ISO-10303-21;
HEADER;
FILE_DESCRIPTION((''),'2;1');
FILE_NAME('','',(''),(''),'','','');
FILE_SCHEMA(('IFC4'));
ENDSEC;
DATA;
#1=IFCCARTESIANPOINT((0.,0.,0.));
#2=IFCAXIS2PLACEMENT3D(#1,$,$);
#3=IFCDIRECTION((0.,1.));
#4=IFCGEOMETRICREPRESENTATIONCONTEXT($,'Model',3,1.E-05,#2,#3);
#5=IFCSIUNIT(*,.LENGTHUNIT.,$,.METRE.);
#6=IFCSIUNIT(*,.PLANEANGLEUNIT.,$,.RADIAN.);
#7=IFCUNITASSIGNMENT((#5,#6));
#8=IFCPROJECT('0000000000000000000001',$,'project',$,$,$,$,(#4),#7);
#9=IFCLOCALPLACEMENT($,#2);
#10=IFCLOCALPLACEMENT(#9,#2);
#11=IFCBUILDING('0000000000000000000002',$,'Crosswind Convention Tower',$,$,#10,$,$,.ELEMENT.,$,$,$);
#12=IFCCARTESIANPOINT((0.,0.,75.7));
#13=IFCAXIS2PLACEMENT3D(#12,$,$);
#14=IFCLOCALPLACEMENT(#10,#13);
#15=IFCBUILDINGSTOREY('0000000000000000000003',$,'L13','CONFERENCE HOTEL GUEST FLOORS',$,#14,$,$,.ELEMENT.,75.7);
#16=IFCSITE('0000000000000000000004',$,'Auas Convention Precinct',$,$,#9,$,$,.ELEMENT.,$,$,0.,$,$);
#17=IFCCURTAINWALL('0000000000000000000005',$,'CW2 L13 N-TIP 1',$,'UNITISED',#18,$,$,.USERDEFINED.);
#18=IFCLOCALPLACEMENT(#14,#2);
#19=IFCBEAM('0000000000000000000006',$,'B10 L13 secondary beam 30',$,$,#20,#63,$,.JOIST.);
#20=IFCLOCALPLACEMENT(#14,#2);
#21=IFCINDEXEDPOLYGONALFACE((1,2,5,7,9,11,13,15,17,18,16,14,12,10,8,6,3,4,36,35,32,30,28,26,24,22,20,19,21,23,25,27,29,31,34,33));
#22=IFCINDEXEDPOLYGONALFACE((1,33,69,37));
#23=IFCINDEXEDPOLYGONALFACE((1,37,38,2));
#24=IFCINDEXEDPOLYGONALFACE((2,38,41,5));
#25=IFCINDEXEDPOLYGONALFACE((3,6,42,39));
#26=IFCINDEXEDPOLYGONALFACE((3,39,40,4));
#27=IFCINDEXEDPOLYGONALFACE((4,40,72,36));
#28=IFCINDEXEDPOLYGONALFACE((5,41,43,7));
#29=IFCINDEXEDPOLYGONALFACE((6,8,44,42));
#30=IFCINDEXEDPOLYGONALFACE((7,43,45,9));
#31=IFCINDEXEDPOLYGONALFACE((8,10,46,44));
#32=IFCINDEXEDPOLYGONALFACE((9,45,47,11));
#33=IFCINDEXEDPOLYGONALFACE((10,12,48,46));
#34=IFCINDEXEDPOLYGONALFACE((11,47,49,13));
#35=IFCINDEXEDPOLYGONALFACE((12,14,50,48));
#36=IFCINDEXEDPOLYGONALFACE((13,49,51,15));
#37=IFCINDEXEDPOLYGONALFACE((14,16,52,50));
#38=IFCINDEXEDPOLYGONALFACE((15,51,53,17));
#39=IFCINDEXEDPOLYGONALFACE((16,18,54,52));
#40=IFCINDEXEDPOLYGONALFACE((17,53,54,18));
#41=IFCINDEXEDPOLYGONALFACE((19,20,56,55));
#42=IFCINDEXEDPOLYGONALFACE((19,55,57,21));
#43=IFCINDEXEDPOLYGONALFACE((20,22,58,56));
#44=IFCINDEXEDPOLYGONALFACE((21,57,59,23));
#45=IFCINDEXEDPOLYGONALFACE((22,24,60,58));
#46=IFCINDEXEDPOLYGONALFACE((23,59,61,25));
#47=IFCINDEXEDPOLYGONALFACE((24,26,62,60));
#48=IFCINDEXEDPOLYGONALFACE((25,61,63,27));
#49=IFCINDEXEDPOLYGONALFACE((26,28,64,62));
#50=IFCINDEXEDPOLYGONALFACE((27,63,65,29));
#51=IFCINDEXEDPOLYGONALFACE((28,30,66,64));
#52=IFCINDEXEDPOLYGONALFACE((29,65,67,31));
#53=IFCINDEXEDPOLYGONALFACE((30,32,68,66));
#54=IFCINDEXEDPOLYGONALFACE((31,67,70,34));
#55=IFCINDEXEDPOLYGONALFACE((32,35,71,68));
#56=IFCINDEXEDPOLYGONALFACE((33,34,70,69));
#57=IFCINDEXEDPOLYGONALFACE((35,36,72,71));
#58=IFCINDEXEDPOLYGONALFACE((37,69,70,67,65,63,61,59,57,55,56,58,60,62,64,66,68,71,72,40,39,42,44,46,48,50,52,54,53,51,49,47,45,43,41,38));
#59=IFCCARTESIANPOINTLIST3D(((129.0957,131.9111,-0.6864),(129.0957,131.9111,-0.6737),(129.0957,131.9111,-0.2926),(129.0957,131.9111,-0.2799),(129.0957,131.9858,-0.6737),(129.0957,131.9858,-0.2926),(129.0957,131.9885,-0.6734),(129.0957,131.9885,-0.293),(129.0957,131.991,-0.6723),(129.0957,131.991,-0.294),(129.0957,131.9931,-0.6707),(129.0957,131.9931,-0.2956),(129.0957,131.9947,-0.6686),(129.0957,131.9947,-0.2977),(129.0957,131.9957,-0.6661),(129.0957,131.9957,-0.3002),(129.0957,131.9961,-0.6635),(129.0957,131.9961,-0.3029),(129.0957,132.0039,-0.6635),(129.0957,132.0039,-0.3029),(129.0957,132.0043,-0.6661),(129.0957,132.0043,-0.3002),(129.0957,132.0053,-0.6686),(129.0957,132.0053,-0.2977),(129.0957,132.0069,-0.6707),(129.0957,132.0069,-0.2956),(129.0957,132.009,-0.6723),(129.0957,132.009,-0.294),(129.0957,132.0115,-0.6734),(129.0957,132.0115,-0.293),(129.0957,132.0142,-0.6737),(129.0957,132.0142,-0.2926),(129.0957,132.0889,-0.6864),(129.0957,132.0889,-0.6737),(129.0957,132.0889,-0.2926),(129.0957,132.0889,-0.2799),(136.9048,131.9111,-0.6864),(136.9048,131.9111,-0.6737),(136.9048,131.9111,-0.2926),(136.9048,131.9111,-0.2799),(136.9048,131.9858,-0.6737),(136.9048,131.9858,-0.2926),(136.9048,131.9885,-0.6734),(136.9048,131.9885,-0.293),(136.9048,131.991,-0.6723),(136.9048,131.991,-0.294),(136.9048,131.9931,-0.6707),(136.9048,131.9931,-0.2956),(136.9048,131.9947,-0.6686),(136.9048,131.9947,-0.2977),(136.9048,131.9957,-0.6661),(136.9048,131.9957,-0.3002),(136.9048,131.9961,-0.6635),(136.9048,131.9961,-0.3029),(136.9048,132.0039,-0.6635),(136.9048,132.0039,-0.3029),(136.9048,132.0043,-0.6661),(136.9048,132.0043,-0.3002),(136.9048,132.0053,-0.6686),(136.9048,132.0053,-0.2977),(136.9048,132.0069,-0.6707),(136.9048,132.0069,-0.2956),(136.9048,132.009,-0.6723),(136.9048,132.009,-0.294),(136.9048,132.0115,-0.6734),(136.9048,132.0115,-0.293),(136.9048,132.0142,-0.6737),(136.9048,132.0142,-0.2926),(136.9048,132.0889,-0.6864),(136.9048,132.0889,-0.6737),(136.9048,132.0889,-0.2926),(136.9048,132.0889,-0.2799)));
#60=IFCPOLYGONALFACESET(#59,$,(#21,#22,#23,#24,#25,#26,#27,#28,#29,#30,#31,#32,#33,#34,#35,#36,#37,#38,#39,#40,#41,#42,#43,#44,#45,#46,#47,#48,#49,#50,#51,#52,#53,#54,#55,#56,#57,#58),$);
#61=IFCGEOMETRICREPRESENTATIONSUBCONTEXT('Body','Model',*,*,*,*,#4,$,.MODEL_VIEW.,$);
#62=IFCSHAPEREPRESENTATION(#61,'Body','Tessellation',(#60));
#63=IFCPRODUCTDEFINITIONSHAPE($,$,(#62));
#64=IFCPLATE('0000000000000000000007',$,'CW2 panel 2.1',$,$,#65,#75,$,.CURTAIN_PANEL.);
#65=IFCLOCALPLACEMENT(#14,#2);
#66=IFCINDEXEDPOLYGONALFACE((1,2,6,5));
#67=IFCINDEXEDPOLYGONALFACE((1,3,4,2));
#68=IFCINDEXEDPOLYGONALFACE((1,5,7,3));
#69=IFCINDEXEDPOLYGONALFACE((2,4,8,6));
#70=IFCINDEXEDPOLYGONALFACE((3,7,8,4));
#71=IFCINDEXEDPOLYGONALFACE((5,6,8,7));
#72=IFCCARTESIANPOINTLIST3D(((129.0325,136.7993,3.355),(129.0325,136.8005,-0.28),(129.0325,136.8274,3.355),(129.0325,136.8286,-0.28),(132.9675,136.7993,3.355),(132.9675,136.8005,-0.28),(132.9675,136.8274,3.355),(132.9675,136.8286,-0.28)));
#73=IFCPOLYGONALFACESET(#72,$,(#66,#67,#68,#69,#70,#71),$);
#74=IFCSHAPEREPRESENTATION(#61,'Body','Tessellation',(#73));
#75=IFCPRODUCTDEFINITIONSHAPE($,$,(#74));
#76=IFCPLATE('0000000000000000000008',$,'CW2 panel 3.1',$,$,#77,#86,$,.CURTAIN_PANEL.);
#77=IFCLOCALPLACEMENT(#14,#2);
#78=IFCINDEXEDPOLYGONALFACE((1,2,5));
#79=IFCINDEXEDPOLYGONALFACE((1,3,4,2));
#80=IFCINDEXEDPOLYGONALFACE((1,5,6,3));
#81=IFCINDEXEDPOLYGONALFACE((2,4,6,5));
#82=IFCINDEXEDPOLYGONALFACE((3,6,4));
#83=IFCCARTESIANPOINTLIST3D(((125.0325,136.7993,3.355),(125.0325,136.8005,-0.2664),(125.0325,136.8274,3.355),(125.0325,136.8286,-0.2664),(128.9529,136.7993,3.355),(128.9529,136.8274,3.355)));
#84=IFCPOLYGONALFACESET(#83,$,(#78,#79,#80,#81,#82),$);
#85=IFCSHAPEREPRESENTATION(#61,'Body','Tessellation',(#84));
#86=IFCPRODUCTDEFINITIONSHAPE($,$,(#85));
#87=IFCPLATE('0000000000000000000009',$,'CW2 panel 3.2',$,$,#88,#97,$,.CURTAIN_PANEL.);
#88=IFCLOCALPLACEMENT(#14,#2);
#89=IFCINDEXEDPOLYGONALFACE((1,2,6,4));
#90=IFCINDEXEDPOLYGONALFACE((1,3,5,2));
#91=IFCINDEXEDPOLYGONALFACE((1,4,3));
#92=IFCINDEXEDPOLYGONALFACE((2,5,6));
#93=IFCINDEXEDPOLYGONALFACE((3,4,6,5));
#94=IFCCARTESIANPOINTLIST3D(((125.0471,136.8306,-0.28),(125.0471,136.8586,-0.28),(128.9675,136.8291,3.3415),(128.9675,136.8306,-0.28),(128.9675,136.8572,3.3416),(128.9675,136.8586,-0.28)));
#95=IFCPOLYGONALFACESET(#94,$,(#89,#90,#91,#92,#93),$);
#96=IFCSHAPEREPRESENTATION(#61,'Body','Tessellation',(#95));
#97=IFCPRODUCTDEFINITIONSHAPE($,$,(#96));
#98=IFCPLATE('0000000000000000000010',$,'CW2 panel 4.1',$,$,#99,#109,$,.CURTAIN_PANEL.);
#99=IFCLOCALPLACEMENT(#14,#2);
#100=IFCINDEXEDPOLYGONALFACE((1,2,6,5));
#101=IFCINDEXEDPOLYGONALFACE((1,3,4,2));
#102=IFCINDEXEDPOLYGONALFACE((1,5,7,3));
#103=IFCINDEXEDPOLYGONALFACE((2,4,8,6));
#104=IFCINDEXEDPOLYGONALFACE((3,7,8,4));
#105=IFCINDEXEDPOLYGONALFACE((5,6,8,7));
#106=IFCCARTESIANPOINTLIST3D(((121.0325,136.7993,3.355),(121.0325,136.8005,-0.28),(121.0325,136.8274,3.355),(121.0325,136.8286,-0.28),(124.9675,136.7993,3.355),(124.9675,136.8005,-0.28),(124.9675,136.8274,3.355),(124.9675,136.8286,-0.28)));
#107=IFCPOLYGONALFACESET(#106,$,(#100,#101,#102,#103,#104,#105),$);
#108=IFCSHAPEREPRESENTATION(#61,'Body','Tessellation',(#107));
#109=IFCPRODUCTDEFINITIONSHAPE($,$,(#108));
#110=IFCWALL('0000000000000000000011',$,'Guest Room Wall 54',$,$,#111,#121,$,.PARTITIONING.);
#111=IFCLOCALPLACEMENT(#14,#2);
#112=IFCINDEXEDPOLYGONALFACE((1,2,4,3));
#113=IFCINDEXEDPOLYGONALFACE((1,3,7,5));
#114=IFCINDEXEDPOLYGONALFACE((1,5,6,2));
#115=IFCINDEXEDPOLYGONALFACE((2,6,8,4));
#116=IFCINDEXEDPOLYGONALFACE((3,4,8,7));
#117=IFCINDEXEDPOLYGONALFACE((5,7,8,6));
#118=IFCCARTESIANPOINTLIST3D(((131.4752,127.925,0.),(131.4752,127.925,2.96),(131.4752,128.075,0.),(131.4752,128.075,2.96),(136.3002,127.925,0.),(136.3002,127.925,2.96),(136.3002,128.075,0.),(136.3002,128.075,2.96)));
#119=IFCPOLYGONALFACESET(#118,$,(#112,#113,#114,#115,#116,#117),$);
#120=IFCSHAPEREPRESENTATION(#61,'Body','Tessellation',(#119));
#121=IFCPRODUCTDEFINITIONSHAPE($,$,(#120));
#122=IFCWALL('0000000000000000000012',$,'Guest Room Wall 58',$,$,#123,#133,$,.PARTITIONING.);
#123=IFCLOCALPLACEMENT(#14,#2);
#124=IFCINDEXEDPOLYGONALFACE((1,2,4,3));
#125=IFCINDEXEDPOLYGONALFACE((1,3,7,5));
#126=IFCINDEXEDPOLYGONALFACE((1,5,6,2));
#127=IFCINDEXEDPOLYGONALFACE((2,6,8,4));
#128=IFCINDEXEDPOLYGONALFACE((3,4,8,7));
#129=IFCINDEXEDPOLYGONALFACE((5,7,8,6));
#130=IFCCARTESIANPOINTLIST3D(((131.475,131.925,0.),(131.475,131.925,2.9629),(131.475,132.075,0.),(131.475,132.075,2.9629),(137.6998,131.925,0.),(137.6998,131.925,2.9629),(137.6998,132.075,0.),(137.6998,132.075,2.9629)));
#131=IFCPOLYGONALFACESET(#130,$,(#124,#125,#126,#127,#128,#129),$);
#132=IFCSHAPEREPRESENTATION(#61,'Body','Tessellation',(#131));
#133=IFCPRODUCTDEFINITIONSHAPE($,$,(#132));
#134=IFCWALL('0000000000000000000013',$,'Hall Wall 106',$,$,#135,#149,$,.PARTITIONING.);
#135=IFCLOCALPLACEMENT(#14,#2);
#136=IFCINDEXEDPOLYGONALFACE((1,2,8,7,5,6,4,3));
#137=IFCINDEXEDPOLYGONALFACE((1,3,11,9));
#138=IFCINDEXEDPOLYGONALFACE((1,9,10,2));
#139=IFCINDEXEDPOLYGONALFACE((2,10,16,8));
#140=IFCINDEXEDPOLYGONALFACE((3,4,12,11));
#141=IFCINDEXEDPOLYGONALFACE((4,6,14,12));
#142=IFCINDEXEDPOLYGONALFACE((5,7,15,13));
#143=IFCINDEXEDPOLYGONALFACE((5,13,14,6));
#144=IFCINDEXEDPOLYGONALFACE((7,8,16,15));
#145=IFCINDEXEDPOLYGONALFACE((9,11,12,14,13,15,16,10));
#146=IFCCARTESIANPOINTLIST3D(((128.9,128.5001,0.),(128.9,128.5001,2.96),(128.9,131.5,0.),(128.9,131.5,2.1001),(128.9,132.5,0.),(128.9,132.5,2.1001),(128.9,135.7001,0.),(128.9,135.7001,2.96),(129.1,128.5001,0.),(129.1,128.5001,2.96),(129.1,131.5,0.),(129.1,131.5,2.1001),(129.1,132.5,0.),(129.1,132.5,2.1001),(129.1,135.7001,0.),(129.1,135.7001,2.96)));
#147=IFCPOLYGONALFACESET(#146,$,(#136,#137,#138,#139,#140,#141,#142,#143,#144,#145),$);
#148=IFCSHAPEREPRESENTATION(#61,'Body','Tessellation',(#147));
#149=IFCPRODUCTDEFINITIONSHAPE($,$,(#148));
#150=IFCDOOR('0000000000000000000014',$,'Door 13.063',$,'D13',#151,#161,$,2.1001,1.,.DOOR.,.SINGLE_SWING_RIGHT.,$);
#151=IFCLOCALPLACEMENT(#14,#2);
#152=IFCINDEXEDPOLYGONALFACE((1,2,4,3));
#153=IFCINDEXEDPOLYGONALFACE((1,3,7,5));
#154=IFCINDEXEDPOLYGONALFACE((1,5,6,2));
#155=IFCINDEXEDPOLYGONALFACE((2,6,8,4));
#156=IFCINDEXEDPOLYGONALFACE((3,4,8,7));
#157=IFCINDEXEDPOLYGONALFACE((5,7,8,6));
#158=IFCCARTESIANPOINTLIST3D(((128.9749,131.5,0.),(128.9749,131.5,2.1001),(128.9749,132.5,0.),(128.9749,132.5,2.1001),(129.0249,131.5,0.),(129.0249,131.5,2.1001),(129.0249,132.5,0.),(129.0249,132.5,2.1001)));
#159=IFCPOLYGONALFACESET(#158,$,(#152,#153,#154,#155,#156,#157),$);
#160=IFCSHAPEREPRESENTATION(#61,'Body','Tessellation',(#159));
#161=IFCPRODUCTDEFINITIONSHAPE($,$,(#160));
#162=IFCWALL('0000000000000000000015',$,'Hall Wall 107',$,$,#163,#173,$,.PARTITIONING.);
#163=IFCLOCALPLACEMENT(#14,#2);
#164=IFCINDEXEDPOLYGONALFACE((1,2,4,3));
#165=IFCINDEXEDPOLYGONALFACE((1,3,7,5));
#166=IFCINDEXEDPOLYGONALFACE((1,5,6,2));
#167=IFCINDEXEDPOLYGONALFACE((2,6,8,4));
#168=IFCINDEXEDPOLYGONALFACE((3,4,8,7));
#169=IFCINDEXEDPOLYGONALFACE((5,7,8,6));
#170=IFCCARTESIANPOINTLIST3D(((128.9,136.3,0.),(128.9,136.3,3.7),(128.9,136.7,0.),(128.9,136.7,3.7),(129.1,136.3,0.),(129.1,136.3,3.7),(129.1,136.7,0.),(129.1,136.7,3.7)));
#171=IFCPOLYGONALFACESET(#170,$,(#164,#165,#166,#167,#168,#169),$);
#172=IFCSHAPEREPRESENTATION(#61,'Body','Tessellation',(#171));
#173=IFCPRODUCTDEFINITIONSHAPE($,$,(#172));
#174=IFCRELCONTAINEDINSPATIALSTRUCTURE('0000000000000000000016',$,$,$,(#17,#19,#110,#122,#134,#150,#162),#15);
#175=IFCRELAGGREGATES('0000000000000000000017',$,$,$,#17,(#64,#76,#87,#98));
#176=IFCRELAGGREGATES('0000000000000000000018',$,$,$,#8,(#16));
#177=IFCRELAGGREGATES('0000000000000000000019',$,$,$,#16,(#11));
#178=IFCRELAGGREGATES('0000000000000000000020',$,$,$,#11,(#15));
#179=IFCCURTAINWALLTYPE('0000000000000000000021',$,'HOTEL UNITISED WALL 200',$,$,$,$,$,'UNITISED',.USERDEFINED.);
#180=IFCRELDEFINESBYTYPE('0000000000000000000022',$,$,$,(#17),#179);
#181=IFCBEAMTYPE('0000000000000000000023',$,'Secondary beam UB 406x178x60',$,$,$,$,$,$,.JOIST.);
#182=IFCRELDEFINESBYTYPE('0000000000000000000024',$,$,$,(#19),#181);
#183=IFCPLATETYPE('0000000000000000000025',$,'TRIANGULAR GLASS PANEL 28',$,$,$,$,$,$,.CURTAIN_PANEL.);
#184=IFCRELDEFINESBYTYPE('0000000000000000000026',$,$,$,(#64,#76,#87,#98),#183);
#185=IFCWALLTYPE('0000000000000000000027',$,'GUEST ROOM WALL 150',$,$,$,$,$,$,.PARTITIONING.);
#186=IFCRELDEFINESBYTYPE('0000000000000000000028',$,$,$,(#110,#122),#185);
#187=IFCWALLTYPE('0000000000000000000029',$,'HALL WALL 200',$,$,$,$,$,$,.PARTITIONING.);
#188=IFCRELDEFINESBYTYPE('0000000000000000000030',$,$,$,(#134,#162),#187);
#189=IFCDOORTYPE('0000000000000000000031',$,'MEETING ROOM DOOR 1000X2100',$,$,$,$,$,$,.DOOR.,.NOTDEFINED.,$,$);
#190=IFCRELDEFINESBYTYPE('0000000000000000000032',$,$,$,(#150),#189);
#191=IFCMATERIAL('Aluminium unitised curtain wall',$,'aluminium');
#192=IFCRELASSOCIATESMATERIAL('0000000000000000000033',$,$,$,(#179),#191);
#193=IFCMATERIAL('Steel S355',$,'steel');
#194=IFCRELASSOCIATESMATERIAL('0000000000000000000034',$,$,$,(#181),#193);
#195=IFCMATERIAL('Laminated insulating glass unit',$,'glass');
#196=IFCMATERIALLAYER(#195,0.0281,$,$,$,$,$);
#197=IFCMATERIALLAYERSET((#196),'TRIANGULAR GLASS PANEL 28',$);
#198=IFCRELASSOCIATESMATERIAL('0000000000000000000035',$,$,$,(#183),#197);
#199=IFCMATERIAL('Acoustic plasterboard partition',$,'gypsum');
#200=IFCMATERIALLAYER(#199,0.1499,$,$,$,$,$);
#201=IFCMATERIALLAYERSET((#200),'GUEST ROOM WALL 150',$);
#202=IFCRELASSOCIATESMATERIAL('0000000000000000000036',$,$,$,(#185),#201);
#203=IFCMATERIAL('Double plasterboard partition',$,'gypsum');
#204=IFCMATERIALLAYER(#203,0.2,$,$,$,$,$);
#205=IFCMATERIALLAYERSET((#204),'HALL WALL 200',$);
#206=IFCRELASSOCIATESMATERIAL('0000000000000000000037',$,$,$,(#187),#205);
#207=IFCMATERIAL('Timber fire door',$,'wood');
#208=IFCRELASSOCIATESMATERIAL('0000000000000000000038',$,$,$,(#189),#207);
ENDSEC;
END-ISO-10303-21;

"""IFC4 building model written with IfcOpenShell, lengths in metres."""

from ifc_helpers import new_model, si_unit, direction, frame, frame_2d, origin, origin_2d, place, context, subcontext, project, spatial, polyline, rectangle, i_section, outline, extrude, material, layer, layer_set, material_profile, profile_set, type_object, element, fill, aggregate, save


model = new_model("IFC4")

# Units and contexts
model_context = context("Model", 3, precision=1e-05, world=origin(), true_north=direction((0.0, 1.0)))
body_context = subcontext(model_context, "Body", "Model", "MODEL_VIEW")
ifc_project = project(units=[si_unit("LENGTHUNIT", "METRE"), si_unit("PLANEANGLEUNIT", "RADIAN")], contexts=[model_context])

# Site, building, storey
site_placement = place(None, origin())
site = spatial("IfcSite", under=ifc_project, at=site_placement, Name="Auas Convention Precinct", CompositionType="ELEMENT", RefElevation=0.0)
building_placement = place(site_placement, origin())
building = spatial("IfcBuilding", under=site, at=building_placement, Name="Crosswind Convention Tower", CompositionType="ELEMENT")
storey_placement = place(building_placement, frame((0.0, 0.0, 75.7)))
storey = spatial("IfcBuildingStorey", under=building, at=storey_placement, Name="L13", Description="CONFERENCE HOTEL GUEST FLOORS", CompositionType="ELEMENT", Elevation=75.7)

# Shared definitions
ifc_material_1 = material(Name="Steel S355", Category="steel")

# Curtain wall
ifc_material_2 = material(Name="Aluminium unitised curtain wall", Category="aluminium")
curtain_wall_type = type_object("IfcCurtainWallType", Name="HOTEL UNITISED WALL 200", ElementType="UNITISED", PredefinedType="USERDEFINED", material=ifc_material_2)
curtain_wall_placement = place(storey_placement, origin())
curtain_wall = element("IfcCurtainWall", 1, at=curtain_wall_placement, inside=storey, type_object=curtain_wall_type, Name="CW2 L13 N-TIP 1", ObjectType="UNITISED", PredefinedType="USERDEFINED")

# Beam
ifc_material_profile_1 = material_profile(ifc_material_1, i_section(OverallWidth=0.1777, OverallDepth=0.4065, WebThickness=0.0078, FlangeThickness=0.0127, FilletRadius=0.0103, at=origin_2d()), Name="UB 406x178x60")
ifc_profile_set_1 = profile_set([ifc_material_profile_1], Name="Steel S355")
beam_type_1 = type_object("IfcBeamType", Name="Secondary beam UB 406x178x60", PredefinedType="JOIST", material=ifc_profile_set_1)
beam_1_placement = place(storey_placement, frame((129.0957, 132.0, -0.4832), z_axis=(1.0, 0.0, 0.0), x_axis=(0.0, 1.0, 0.0)))
element("IfcBeam", 2, at=beam_1_placement, inside=storey, type_object=beam_type_1, Name="B10 L13 secondary beam 30", PredefinedType="JOIST", context=body_context, shape_type="SweptSolid", body=[
    extrude(i_section(OverallWidth=0.1777, OverallDepth=0.4065, WebThickness=0.0078, FlangeThickness=0.0127, FilletRadius=0.0103, at=origin_2d()), origin(), (0.0, 0.0, 1.0), 7.8091),
])

# Plates
ifc_material_3 = material(Name="Laminated insulating glass unit", Category="glass")
ifc_layer_1 = layer(ifc_material_3, 0.0281)
ifc_layer_set_1 = layer_set([ifc_layer_1], Name="TRIANGULAR GLASS PANEL 28")
plate_type = type_object("IfcPlateType", Name="TRIANGULAR GLASS PANEL 28", PredefinedType="CURTAIN_PANEL", material=ifc_layer_set_1)
plate_1_placement = place(storey_placement, frame((132.9675, 136.8286, -0.28), z_axis=(0.0, 1.0, 0.000336), x_axis=(-1.0, 0.0, 0.0)))
plate_1 = element("IfcPlate", 3, at=plate_1_placement, type_object=plate_type, Name="CW2 panel 2.1", PredefinedType="CURTAIN_PANEL", context=body_context, shape_type="SweptSolid", body=[
    extrude(outline(polyline([(0.0, 0.0), (3.9351, 0.0), (3.9351, 3.635), (0.0, 3.635), (0.0, 0.0)])), origin(), (0.0, 0.0, -1.0), 0.0281),
])
plate_2_placement = place(storey_placement, frame((125.0325, 136.8274, 3.355), z_axis=(0.0, 1.0, 0.000337), x_axis=(1.0, 0.0, 0.0)))
plate_2 = element("IfcPlate", 4, at=plate_2_placement, type_object=plate_type, Name="CW2 panel 3.1", PredefinedType="CURTAIN_PANEL", context=body_context, shape_type="SweptSolid", body=[
    extrude(outline(polyline([(0.0, 0.0), (3.9204, 0.0), (0.0, 3.6213), (0.0, 0.0)])), origin(), (0.0, 0.0, -1.0), 0.0281),
])
plate_3_placement = place(storey_placement, frame((128.9675, 136.8586, -0.28), z_axis=(0.0, 1.0, 0.000404), x_axis=(-1.0, 0.0, 0.0)))
plate_3 = element("IfcPlate", 5, at=plate_3_placement, type_object=plate_type, Name="CW2 panel 3.2", PredefinedType="CURTAIN_PANEL", context=body_context, shape_type="SweptSolid", body=[
    extrude(outline(polyline([(0.0, 0.0), (3.9204, 0.0), (0.0, 3.6216), (0.0, 0.0)])), origin(), (0.0, 0.0, -1.0), 0.0281),
])
plate_4_placement = place(storey_placement, frame((124.9675, 136.8286, -0.28), z_axis=(0.0, 1.0, 0.000336), x_axis=(-1.0, 0.0, 0.0)))
plate_4 = element("IfcPlate", 6, at=plate_4_placement, type_object=plate_type, Name="CW2 panel 4.1", PredefinedType="CURTAIN_PANEL", context=body_context, shape_type="SweptSolid", body=[
    extrude(outline(polyline([(0.0, 0.0), (3.9351, 0.0), (3.9351, 3.635), (0.0, 3.635), (0.0, 0.0)])), origin(), (0.0, 0.0, -1.0), 0.0281),
])
aggregate(curtain_wall, [plate_1, plate_2, plate_3, plate_4])

# Walls
ifc_material_4 = material(Name="Acoustic plasterboard partition", Category="gypsum")
ifc_layer_2 = layer(ifc_material_4, 0.1499)
ifc_layer_set_2 = layer_set([ifc_layer_2], Name="GUEST ROOM WALL 150")
wall_type_1 = type_object("IfcWallType", Name="GUEST ROOM WALL 150", PredefinedType="PARTITIONING", material=ifc_layer_set_2)
wall_1_placement = place(storey_placement, frame((131.4751, 128.0, 0.0), z_axis=(0.0, 0.0, 1.0), x_axis=(1.0, 0.0, 0.0)))
element("IfcWall", 7, at=wall_1_placement, inside=storey, type_object=wall_type_1, Name="Guest Room Wall 54", PredefinedType="PARTITIONING", context=body_context, shape_type="SweptSolid", body=[
    extrude(rectangle(XDim=4.825, YDim=0.1499, at=frame_2d((2.4126, 0.0))), origin(), (0.0, 0.0, 1.0), 2.96),
])
wall_2_placement = place(storey_placement, frame((131.4751, 132.0, 0.0), z_axis=(0.0, 0.0, 1.0), x_axis=(1.0, 0.0, 0.0)))
element("IfcWall", 8, at=wall_2_placement, inside=storey, type_object=wall_type_1, Name="Guest Room Wall 58", PredefinedType="PARTITIONING", context=body_context, shape_type="SweptSolid", body=[
    extrude(rectangle(XDim=6.2249, YDim=0.1499, at=frame_2d((3.1123, 0.0))), origin(), (0.0, 0.0, 1.0), 2.9629),
])

# Wall, opening, door
ifc_material_5 = material(Name="Double plasterboard partition", Category="gypsum")
ifc_layer_3 = layer(ifc_material_5, 0.2)
ifc_layer_set_3 = layer_set([ifc_layer_3], Name="HALL WALL 200")
wall_type_2 = type_object("IfcWallType", Name="HALL WALL 200", PredefinedType="PARTITIONING", material=ifc_layer_set_3)
wall_3_placement = place(storey_placement, frame((129.0, 128.5, 0.0), z_axis=(0.0, 0.0, 1.0), x_axis=(0.0, 1.0, 0.0)))
wall_3 = element("IfcWall", 9, at=wall_3_placement, inside=storey, type_object=wall_type_2, Name="Hall Wall 106", PredefinedType="PARTITIONING", context=body_context, shape_type="SweptSolid", body=[
    extrude(rectangle(XDim=7.2, YDim=0.2, at=frame_2d((3.6001, 0.0))), origin(), (0.0, 0.0, 1.0), 2.96),
])
opening_1_placement = place(wall_3_placement, frame((3.0, 0.0, 0.0)))
opening_1 = element("IfcOpeningElement", 10, at=opening_1_placement, cuts=wall_3, PredefinedType="OPENING", context=body_context, shape_type="SweptSolid", body=[
    extrude(rectangle(XDim=1.0, YDim=2.1001, at=frame_2d((0.5, 1.05))), frame((0.0, 0.1099, 0.0), z_axis=(0.0, -1.0, 0.0), x_axis=(1.0, 0.0, 0.0)), (0.0, 0.0, 1.0), 0.22),
])
ifc_material_6 = material(Name="Timber fire door", Category="wood")
door_type_1 = type_object("IfcDoorType", Name="MEETING ROOM DOOR 1000X2100", OperationType="NOTDEFINED", PredefinedType="DOOR", material=ifc_material_6)
door_1_placement = place(opening_1_placement, frame((1.0, 0.0, 0.0), z_axis=(0.0, 0.0, 1.0), x_axis=(-1.0, 0.0, 0.0)))
door_1 = element("IfcDoor", 11, at=door_1_placement, inside=storey, type_object=door_type_1, Name="Door 13.063", ObjectType="D13", OperationType="SINGLE_SWING_RIGHT", OverallHeight=2.1001, OverallWidth=1.0, PredefinedType="DOOR", context=body_context, shape_type="SweptSolid", body=[
    extrude(rectangle(XDim=1.0, YDim=2.1001, at=frame_2d((0.5, 1.05))), frame((0.0, 0.0249, 0.0), z_axis=(0.0, -1.0, 0.0), x_axis=(1.0, 0.0, 0.0)), (0.0, 0.0, 1.0), 0.05),
])
fill(opening_1, door_1)

# Wall
wall_4_placement = place(storey_placement, frame((129.0, 136.3, 0.0), z_axis=(0.0, 0.0, 1.0), x_axis=(0.0, 1.0, 0.0)))
element("IfcWall", 12, at=wall_4_placement, inside=storey, type_object=wall_type_2, Name="Hall Wall 107", PredefinedType="PARTITIONING", context=body_context, shape_type="SweptSolid", body=[
    extrude(rectangle(XDim=0.3999, YDim=0.2, at=frame_2d((0.2, 0.0))), origin(), (0.0, 0.0, 1.0), 3.7),
])

save(model, "model.ifc")
